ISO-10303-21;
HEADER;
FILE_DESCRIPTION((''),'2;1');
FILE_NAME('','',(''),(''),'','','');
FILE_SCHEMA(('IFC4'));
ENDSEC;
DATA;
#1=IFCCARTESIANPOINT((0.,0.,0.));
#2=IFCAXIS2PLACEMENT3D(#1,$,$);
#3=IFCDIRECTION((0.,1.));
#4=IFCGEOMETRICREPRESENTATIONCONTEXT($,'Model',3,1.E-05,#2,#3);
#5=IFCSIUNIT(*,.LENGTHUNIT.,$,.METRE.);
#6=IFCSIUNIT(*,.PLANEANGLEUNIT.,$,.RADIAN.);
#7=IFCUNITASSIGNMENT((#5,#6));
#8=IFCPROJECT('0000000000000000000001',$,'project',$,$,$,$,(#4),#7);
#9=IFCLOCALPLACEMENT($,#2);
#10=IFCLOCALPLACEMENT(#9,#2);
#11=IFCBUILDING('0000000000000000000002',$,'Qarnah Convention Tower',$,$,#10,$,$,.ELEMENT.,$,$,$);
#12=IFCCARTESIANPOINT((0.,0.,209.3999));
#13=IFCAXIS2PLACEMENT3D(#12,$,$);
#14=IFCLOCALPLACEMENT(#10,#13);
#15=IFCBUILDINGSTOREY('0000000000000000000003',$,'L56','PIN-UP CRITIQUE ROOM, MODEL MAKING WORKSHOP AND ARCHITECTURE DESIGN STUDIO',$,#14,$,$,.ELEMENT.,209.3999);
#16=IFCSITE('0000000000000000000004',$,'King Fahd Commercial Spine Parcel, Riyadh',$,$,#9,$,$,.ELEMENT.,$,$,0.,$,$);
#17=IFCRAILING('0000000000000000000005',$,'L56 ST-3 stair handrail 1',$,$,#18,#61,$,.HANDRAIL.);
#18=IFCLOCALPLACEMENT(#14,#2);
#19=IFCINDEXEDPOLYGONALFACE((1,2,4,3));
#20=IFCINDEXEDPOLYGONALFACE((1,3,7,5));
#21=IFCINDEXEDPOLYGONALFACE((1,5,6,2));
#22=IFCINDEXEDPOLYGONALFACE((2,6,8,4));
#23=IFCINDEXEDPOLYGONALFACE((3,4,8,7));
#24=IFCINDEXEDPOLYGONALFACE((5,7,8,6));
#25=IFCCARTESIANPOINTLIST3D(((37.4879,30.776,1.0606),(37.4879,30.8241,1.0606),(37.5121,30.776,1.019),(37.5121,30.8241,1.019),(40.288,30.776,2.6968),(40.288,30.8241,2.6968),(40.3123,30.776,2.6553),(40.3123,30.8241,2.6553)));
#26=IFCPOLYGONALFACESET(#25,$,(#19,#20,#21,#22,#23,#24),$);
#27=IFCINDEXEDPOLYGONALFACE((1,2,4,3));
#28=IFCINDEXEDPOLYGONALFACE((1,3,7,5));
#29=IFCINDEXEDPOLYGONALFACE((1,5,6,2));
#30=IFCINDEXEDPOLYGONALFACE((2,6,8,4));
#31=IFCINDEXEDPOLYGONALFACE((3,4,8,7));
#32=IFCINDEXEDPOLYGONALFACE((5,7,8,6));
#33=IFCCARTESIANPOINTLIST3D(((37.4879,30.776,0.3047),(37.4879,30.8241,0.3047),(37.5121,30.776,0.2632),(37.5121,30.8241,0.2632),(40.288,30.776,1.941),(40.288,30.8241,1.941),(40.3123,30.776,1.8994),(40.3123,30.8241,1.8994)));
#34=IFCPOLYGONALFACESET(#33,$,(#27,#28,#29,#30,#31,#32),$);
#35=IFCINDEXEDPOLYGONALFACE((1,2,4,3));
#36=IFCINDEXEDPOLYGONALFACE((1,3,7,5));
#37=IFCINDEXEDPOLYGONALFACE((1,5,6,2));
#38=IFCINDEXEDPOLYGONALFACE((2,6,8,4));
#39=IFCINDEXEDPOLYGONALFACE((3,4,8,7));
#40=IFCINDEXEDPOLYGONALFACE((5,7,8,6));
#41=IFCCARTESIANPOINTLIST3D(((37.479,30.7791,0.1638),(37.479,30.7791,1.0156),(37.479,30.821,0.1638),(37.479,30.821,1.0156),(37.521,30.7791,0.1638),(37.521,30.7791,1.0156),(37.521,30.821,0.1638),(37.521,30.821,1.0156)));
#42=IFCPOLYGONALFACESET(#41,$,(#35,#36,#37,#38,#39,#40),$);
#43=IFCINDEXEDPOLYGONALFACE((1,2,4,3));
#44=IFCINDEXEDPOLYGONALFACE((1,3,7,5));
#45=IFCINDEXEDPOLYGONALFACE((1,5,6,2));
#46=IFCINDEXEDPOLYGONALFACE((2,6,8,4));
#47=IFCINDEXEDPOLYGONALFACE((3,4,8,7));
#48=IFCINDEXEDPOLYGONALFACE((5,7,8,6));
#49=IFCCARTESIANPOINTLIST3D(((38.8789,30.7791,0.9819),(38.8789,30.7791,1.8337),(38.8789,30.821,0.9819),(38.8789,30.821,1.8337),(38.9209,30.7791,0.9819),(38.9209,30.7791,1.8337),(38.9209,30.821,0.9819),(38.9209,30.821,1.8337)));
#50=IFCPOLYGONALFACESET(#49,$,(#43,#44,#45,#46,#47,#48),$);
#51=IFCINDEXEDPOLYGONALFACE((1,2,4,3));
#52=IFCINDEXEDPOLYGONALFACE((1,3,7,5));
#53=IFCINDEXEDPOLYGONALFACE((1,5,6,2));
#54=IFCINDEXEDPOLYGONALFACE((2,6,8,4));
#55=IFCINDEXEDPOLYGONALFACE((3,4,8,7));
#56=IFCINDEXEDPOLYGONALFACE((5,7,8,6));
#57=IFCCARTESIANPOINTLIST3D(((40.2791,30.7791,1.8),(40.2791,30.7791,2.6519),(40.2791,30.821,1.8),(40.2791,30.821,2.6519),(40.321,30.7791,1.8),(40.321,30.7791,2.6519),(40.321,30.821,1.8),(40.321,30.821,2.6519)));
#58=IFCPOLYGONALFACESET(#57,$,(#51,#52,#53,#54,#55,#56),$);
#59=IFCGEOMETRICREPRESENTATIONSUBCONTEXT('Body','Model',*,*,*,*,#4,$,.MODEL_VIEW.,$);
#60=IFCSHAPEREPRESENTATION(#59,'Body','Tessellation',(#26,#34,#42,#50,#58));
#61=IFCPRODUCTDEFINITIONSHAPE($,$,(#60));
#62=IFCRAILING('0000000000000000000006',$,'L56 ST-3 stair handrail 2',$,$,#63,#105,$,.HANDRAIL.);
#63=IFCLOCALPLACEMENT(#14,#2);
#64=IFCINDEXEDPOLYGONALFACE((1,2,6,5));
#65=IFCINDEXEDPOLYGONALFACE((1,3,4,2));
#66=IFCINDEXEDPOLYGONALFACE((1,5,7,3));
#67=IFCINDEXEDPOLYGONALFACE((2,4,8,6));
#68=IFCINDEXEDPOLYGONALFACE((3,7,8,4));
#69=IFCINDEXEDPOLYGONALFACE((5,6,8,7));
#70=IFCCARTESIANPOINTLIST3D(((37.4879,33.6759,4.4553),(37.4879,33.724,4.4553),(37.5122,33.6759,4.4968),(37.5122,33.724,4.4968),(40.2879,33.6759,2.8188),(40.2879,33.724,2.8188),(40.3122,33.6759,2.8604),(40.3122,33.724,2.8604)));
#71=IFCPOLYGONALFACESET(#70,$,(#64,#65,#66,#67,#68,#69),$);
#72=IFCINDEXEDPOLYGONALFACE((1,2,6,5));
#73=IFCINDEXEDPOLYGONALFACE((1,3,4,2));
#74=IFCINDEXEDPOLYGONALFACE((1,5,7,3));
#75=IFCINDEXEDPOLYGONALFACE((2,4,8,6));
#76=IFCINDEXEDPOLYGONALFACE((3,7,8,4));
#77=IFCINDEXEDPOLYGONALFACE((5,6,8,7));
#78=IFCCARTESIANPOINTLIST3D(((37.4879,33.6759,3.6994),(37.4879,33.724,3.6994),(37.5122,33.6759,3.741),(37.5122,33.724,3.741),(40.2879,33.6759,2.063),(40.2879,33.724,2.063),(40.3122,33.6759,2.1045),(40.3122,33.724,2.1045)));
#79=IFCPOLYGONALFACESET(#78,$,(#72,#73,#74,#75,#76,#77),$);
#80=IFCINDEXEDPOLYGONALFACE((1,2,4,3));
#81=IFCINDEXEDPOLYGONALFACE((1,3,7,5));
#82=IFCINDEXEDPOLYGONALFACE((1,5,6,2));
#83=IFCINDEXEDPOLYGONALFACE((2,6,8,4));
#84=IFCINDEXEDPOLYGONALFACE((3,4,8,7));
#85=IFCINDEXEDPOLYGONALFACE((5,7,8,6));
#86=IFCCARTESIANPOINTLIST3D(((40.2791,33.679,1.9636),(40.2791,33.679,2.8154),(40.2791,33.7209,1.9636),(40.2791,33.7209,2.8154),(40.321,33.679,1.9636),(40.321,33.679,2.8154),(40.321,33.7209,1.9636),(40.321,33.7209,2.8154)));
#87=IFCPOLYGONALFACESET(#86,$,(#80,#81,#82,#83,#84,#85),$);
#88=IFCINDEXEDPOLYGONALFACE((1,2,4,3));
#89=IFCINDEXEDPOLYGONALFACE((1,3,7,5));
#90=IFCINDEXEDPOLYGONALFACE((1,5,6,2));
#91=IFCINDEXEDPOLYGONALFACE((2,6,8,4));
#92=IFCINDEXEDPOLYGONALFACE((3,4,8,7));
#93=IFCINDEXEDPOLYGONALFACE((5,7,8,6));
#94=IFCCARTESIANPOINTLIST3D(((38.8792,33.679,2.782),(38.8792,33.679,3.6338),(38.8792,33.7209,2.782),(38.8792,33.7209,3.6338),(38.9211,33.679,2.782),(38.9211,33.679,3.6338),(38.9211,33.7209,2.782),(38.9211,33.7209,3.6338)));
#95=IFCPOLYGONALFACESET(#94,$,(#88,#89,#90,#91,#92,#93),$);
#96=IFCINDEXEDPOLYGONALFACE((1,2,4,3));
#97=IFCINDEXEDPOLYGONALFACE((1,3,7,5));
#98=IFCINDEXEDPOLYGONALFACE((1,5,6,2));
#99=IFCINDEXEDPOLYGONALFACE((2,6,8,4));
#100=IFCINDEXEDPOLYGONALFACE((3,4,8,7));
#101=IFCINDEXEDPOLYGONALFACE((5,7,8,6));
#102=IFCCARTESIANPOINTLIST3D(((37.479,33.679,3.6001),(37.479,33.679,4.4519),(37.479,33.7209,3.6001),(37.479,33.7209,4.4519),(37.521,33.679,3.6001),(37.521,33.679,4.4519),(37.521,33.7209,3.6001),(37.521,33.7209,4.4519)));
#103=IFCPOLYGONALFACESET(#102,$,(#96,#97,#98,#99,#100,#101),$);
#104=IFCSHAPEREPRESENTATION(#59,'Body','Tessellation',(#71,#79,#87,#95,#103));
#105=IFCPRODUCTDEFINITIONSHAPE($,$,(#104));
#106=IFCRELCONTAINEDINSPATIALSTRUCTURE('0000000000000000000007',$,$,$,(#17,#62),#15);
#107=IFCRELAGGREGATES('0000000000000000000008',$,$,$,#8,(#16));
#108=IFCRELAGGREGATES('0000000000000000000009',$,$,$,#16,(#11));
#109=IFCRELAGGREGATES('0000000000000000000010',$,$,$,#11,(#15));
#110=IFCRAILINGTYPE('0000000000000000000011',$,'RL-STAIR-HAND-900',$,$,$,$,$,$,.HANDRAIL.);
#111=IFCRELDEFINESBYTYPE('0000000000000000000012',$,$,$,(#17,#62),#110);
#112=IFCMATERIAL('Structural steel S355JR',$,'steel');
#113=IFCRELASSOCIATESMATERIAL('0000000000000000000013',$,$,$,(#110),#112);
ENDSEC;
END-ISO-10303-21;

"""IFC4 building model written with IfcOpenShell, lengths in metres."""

from ifc_helpers import new_model, si_unit, direction, frame, origin, origin_2d, place, context, subcontext, project, spatial, rectangle, extrude, material, type_object, element, save


model = new_model("IFC4")

# Units and contexts
model_context = context("Model", 3, precision=1e-05, world=origin(), true_north=direction((0.0, 1.0)))
body_context = subcontext(model_context, "Body", "Model", "MODEL_VIEW")
ifc_project = project(units=[si_unit("LENGTHUNIT", "METRE"), si_unit("PLANEANGLEUNIT", "RADIAN")], contexts=[model_context])

# Site, building, storey
site_placement = place(None, origin())
site = spatial("IfcSite", under=ifc_project, at=site_placement, Name="King Fahd Commercial Spine Parcel, Riyadh", CompositionType="ELEMENT", RefElevation=0.0)
building_placement = place(site_placement, origin())
building = spatial("IfcBuilding", under=site, at=building_placement, Name="Qarnah Convention Tower", CompositionType="ELEMENT")
storey_placement = place(building_placement, frame((0.0, 0.0, 209.3999)))
storey = spatial("IfcBuildingStorey", under=building, at=storey_placement, Name="L56", Description="PIN-UP CRITIQUE ROOM, MODEL MAKING WORKSHOP AND ARCHITECTURE DESIGN STUDIO", CompositionType="ELEMENT", Elevation=209.3999)

# Shared definitions
ifc_material_1 = material(Name="Structural steel S355JR", Category="steel")

# Railings
railing_type_1 = type_object("IfcRailingType", Name="RL-STAIR-HAND-900", PredefinedType="HANDRAIL", material=ifc_material_1)
railing_1_placement = place(storey_placement, frame((37.5, 30.8, 0.1638)))
element("IfcRailing", 1, at=railing_1_placement, inside=storey, type_object=railing_type_1, Name="L56 ST-3 stair handrail 1", PredefinedType="HANDRAIL", context=body_context, shape_type="SweptSolid", body=[
    extrude(rectangle(XDim=0.0481, YDim=0.0481, at=origin_2d()), frame((0.0, 0.0, 0.876), z_axis=(0.863394, 0.0, 0.504531), x_axis=(0.0, 1.0, 0.0)), (0.0, 0.0, 1.0), 3.2432),
    extrude(rectangle(XDim=0.0481, YDim=0.0481, at=origin_2d()), frame((0.0, 0.0, 0.1201), z_axis=(0.863394, 0.0, 0.504531), x_axis=(0.0, 1.0, 0.0)), (0.0, 0.0, 1.0), 3.2432),
    extrude(rectangle(XDim=0.042, YDim=0.042, at=origin_2d()), origin(), (0.0, 0.0, 1.0), 0.8518),
    extrude(rectangle(XDim=0.042, YDim=0.042, at=origin_2d()), frame((1.3999, 0.0, 0.8181)), (0.0, 0.0, 1.0), 0.8518),
    extrude(rectangle(XDim=0.042, YDim=0.042, at=origin_2d()), frame((2.8, 0.0, 1.6362)), (0.0, 0.0, 1.0), 0.8518),
])
railing_2_placement = place(storey_placement, frame((40.3, 33.7, 1.9636)))
element("IfcRailing", 2, at=railing_2_placement, inside=storey, type_object=railing_type_1, Name="L56 ST-3 stair handrail 2", PredefinedType="HANDRAIL", context=body_context, shape_type="SweptSolid", body=[
    extrude(rectangle(XDim=0.0481, YDim=0.0481, at=origin_2d()), frame((0.0, 0.0, 0.876), z_axis=(-0.863361, 0.0, 0.504587), x_axis=(0.0, -1.0, 0.0)), (0.0, 0.0, 1.0), 3.2432),
    extrude(rectangle(XDim=0.0481, YDim=0.0481, at=origin_2d()), frame((0.0, 0.0, 0.1201), z_axis=(-0.863361, 0.0, 0.504587), x_axis=(0.0, -1.0, 0.0)), (0.0, 0.0, 1.0), 3.2432),
    extrude(rectangle(XDim=0.042, YDim=0.042, at=origin_2d()), origin(), (0.0, 0.0, 1.0), 0.8518),
    extrude(rectangle(XDim=0.042, YDim=0.042, at=origin_2d()), frame((-1.3999, 0.0, 0.8184)), (0.0, 0.0, 1.0), 0.8518),
    extrude(rectangle(XDim=0.042, YDim=0.042, at=origin_2d()), frame((-2.8, 0.0, 1.6365)), (0.0, 0.0, 1.0), 0.8518),
])

save(model, "model.ifc")
